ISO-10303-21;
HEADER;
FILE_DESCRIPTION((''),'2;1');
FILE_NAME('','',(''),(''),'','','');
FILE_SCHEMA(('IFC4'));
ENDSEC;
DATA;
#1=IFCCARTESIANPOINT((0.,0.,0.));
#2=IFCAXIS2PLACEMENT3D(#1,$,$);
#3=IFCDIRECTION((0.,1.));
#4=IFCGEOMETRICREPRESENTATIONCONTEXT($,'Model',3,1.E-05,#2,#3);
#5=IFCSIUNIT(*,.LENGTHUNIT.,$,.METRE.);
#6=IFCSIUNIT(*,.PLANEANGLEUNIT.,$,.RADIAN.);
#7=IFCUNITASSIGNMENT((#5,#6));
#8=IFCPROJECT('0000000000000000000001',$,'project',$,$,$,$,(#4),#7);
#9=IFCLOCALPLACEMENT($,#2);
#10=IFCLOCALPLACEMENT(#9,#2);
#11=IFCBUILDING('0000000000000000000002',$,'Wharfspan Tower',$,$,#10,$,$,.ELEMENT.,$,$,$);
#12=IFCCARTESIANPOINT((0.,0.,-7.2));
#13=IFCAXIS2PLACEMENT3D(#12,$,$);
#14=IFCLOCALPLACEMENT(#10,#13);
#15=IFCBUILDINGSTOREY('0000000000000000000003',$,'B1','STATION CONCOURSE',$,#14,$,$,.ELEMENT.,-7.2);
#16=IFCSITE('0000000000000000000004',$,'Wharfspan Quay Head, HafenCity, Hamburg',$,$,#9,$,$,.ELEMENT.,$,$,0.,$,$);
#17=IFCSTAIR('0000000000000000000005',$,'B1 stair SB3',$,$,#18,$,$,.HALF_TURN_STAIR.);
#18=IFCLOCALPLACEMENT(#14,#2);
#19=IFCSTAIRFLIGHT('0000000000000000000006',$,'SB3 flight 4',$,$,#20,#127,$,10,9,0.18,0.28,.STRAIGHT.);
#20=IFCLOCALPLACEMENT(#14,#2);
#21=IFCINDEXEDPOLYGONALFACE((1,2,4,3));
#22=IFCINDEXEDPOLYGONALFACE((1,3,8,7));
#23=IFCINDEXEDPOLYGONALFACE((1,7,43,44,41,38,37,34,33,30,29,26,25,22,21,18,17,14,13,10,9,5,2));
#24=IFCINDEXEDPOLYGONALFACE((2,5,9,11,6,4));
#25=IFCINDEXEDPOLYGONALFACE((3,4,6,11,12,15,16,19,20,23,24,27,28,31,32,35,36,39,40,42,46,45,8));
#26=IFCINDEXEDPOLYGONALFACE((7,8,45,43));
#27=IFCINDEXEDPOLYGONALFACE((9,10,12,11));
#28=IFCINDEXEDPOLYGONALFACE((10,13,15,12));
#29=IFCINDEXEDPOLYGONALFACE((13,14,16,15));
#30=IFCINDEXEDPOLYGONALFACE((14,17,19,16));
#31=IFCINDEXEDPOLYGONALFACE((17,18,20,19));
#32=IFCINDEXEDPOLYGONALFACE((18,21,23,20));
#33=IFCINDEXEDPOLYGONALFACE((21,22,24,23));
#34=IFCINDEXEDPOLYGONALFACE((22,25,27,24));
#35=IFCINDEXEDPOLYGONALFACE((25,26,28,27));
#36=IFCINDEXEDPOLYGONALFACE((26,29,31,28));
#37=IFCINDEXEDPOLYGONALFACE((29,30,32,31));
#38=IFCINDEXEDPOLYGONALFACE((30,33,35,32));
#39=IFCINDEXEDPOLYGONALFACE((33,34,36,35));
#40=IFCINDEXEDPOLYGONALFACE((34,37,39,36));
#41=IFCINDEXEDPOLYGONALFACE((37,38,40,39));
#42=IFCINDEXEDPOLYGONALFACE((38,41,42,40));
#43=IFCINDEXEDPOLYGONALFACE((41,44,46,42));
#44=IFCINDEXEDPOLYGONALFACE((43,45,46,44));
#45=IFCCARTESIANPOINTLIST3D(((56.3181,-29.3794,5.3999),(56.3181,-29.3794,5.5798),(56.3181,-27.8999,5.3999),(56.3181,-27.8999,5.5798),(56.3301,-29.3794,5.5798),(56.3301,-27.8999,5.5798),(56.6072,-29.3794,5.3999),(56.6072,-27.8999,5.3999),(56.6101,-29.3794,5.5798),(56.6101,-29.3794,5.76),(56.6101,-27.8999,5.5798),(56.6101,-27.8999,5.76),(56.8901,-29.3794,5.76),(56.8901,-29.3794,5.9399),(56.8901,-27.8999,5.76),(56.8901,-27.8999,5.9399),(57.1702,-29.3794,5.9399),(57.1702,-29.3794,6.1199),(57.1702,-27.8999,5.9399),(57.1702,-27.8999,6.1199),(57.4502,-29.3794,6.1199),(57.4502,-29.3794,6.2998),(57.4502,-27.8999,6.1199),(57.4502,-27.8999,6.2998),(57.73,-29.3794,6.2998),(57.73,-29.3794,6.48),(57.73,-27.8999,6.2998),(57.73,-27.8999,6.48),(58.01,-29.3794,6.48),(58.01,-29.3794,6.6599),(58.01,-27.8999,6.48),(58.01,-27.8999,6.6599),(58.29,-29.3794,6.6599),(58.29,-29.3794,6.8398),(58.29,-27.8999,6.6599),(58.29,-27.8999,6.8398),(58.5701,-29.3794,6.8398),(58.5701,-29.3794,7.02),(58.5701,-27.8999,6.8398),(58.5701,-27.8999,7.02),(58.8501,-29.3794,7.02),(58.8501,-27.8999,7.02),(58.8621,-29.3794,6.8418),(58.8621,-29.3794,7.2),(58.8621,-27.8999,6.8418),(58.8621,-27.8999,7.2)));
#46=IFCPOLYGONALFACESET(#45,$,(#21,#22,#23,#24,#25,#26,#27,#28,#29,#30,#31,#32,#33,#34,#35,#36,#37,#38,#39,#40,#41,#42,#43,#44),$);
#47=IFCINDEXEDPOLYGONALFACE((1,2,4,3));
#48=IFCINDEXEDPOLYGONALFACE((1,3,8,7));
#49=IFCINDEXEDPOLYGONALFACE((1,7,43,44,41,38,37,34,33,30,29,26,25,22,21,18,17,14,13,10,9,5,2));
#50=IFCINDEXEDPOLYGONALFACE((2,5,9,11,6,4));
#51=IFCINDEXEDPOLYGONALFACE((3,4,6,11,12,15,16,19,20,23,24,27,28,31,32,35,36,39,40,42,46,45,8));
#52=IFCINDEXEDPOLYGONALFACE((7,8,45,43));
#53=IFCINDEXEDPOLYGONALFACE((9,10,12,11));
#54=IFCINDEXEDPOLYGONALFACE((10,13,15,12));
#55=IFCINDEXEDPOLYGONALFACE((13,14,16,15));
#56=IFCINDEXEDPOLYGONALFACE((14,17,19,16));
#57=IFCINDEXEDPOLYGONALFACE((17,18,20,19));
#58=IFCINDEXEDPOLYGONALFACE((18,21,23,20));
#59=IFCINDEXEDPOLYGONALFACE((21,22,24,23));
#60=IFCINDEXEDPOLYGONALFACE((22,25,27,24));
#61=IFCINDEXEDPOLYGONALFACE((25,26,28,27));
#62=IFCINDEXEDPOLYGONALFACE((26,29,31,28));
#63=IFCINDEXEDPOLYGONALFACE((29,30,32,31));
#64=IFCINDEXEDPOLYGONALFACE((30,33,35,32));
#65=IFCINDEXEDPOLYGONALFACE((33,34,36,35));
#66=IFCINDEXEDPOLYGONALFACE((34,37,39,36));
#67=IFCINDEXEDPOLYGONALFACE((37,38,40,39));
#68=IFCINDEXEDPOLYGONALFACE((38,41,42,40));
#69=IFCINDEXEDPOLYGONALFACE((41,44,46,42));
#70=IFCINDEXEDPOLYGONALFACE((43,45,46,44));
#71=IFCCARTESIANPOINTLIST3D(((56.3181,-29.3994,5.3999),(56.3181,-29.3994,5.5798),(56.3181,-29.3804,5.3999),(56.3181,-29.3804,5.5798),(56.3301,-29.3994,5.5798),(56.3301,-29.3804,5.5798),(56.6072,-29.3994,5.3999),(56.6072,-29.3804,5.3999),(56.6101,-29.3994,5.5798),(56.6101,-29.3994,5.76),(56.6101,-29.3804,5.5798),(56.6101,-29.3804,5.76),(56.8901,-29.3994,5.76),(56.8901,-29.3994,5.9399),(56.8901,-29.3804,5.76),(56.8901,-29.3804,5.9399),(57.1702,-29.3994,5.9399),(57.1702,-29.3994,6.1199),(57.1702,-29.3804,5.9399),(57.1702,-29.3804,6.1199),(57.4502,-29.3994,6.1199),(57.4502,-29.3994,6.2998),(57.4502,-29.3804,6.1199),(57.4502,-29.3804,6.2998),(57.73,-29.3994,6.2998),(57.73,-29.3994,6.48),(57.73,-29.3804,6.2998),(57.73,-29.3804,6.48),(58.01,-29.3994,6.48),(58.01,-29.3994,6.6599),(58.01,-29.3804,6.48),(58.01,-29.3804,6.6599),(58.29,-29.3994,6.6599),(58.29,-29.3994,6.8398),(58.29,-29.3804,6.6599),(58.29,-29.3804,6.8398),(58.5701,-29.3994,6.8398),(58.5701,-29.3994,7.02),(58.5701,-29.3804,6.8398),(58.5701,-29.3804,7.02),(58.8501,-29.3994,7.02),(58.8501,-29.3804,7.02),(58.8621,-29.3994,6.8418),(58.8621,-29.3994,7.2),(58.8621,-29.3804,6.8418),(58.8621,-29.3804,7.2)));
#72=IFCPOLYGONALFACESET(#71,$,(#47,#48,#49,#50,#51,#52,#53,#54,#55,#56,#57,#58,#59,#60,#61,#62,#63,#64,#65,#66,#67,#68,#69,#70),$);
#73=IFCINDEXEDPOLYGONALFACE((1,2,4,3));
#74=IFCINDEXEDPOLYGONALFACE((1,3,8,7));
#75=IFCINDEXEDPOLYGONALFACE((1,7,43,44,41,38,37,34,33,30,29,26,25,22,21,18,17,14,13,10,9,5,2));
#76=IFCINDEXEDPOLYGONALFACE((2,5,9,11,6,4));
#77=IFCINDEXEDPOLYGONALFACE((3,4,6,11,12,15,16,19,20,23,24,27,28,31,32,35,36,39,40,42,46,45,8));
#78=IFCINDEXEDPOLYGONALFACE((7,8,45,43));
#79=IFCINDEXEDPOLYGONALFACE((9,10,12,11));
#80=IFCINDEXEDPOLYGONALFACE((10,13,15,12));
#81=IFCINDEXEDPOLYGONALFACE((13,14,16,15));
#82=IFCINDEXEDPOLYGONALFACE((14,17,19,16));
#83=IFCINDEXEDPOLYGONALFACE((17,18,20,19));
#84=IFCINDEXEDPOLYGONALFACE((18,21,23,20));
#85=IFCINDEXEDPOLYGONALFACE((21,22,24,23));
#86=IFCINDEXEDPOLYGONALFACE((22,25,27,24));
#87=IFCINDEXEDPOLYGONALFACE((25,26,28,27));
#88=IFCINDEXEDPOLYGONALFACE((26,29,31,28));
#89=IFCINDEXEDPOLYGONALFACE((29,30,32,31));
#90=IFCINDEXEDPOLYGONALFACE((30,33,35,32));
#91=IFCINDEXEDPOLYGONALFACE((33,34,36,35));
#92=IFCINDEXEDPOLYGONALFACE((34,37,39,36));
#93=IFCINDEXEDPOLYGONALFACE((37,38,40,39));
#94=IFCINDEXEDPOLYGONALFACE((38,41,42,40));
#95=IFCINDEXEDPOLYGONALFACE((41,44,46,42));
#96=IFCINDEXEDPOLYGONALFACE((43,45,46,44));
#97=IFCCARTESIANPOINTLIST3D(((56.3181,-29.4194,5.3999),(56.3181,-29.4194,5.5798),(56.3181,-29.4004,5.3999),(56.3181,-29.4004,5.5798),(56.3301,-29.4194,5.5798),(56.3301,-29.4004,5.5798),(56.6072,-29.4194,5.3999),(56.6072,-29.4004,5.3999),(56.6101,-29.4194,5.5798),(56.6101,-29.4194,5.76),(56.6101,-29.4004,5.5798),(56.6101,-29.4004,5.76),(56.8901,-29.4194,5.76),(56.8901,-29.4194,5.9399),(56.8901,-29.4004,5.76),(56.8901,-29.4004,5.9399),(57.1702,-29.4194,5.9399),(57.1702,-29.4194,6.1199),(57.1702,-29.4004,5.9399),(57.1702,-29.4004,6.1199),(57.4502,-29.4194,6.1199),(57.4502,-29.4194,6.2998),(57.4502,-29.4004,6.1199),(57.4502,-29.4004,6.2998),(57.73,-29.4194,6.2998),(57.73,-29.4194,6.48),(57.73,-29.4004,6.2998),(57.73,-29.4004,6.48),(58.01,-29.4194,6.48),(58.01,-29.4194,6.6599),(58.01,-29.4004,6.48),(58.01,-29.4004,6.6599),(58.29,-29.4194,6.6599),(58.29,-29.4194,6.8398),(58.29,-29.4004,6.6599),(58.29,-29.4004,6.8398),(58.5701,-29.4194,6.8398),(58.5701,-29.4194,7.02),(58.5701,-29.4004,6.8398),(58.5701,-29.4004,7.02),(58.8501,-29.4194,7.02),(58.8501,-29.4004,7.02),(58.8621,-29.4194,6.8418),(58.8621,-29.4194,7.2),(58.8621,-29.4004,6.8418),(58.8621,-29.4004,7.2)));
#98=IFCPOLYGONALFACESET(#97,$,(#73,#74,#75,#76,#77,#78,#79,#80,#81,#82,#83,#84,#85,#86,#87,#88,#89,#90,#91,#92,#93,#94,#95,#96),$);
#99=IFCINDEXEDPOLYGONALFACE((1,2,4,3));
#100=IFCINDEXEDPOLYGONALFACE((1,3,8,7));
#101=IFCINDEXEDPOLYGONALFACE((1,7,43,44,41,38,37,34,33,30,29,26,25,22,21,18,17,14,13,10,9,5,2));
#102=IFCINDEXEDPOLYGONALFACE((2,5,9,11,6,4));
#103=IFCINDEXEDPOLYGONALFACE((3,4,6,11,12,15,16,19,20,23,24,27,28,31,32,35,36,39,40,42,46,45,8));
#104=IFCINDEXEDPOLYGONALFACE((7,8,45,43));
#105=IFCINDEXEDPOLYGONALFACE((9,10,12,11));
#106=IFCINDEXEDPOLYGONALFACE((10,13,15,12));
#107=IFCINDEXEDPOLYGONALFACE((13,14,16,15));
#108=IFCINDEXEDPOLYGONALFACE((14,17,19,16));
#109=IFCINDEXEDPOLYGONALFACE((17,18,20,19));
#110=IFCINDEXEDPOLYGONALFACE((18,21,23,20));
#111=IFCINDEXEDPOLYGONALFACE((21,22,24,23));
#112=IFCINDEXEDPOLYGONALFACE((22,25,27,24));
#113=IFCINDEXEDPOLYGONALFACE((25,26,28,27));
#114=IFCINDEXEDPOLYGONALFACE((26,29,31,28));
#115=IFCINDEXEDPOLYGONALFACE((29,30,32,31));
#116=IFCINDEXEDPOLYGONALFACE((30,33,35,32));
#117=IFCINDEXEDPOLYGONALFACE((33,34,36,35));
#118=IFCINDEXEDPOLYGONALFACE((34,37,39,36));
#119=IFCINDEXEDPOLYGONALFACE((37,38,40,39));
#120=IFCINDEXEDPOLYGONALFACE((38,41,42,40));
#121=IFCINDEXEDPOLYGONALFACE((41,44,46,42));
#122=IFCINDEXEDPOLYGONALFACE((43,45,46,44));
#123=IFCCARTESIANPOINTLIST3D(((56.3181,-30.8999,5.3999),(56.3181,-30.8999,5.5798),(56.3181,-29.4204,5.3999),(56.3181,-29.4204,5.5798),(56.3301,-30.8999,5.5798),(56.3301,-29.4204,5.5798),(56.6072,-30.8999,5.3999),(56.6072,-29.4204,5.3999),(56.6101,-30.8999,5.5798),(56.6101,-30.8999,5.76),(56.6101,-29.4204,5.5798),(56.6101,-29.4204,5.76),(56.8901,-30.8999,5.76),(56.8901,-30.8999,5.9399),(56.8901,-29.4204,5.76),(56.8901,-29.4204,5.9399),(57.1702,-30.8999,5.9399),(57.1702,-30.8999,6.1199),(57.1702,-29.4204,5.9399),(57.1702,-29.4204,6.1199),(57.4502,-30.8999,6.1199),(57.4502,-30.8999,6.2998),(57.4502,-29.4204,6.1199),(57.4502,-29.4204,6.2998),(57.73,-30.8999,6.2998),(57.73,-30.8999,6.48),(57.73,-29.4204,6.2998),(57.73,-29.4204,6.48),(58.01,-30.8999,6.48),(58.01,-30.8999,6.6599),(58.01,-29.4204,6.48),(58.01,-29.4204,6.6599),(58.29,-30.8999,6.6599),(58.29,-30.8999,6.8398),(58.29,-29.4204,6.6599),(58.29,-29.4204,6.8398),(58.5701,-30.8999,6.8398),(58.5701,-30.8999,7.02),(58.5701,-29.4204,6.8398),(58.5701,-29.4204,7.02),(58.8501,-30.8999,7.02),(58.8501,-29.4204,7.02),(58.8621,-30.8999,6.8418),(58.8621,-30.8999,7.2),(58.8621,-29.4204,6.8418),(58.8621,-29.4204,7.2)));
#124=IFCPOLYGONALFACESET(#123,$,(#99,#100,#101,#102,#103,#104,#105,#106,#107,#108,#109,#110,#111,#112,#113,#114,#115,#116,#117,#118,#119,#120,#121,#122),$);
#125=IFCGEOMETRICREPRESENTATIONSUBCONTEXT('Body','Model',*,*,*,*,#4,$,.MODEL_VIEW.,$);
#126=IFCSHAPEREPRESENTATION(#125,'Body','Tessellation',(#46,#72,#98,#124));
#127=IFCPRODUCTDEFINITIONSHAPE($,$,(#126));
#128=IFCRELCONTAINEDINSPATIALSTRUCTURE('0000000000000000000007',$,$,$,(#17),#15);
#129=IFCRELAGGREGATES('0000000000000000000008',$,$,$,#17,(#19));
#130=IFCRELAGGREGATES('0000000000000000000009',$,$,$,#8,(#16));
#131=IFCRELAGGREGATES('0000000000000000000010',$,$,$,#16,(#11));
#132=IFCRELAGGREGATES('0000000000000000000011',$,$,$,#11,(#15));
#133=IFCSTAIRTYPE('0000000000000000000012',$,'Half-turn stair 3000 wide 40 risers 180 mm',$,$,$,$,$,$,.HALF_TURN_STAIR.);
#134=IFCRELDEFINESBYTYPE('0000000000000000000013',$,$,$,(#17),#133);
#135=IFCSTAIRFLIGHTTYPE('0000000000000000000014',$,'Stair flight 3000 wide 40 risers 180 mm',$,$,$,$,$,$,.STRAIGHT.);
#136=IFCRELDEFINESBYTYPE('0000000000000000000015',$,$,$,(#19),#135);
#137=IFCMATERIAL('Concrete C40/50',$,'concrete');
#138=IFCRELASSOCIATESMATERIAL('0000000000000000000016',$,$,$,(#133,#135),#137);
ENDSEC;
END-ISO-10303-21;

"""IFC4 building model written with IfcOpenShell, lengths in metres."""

from ifc_helpers import new_model, si_unit, direction, frame, origin, place, context, subcontext, project, spatial, polyline, outline, extrude, material, type_object, element, aggregate, save


model = new_model("IFC4")

# Units and contexts
model_context = context("Model", 3, precision=1e-05, world=origin(), true_north=direction((0.0, 1.0)))
body_context = subcontext(model_context, "Body", "Model", "MODEL_VIEW")
ifc_project = project(units=[si_unit("LENGTHUNIT", "METRE"), si_unit("PLANEANGLEUNIT", "RADIAN")], contexts=[model_context])

# Site, building, storey
site_placement = place(None, origin())
site = spatial("IfcSite", under=ifc_project, at=site_placement, Name="Wharfspan Quay Head, HafenCity, Hamburg", CompositionType="ELEMENT", RefElevation=0.0)
building_placement = place(site_placement, origin())
building = spatial("IfcBuilding", under=site, at=building_placement, Name="Wharfspan Tower", CompositionType="ELEMENT")
storey_placement = place(building_placement, frame((0.0, 0.0, -7.2)))
storey = spatial("IfcBuildingStorey", under=building, at=storey_placement, Name="B1", Description="STATION CONCOURSE", CompositionType="ELEMENT", Elevation=-7.2)

# Stair, stair flight
ifc_material_1 = material(Name="Concrete C40/50", Category="concrete")
stair_type = type_object("IfcStairType", Name="Half-turn stair 3000 wide 40 risers 180 mm", PredefinedType="HALF_TURN_STAIR", material=ifc_material_1)
stair_placement = place(storey_placement, origin())
stair = element("IfcStair", 1, at=stair_placement, inside=storey, type_object=stair_type, Name="B1 stair SB3", PredefinedType="HALF_TURN_STAIR")
stair_flight_type = type_object("IfcStairFlightType", Name="Stair flight 3000 wide 40 risers 180 mm", PredefinedType="STRAIGHT", material=ifc_material_1)
stair_flight_1_placement = place(storey_placement, frame((56.3301, -29.3999, 5.3999), z_axis=(0.0, 0.0, 1.0), x_axis=(1.0, 0.0, 0.0)))
stair_flight_1 = element("IfcStairFlight", 2, at=stair_flight_1_placement, type_object=stair_flight_type, Name="SB3 flight 4", NumberOfRisers=10, NumberOfTreads=9, PredefinedType="STRAIGHT", RiserHeight=0.18, TreadLength=0.28, context=body_context, shape_type="SweptSolid", body=[
    extrude(outline(polyline([(-0.012, 0.0), (-0.012, 0.1799), (0.0, 0.1799), (0.28, 0.1799), (0.28, 0.3601), (0.5601, 0.3601), (0.5601, 0.54), (0.8401, 0.54), (0.8401, 0.72), (1.1201, 0.72), (1.1201, 0.8999), (1.3999, 0.8999), (1.3999, 1.0801), (1.6799, 1.0801), (1.6799, 1.26), (1.96, 1.26), (1.96, 1.4399), (2.24, 1.4399), (2.24, 1.6201), (2.52, 1.6201), (2.532, 1.8), (2.532, 1.4419), (0.2771, 0.0), (-0.012, 0.0)])), frame((0.0, 1.5, 0.0), z_axis=(0.0, -1.0, 0.0), x_axis=(1.0, 0.0, 0.0)), (0.0, 0.0, 1.0), 1.4795),
    extrude(outline(polyline([(-0.012, 0.0), (-0.012, 0.1799), (0.0, 0.1799), (0.28, 0.1799), (0.28, 0.3601), (0.5601, 0.3601), (0.5601, 0.54), (0.8401, 0.54), (0.8401, 0.72), (1.1201, 0.72), (1.1201, 0.8999), (1.3999, 0.8999), (1.3999, 1.0801), (1.6799, 1.0801), (1.6799, 1.26), (1.96, 1.26), (1.96, 1.4399), (2.24, 1.4399), (2.24, 1.6201), (2.52, 1.6201), (2.532, 1.8), (2.532, 1.4419), (0.2771, 0.0), (-0.012, 0.0)])), frame((0.0, 0.0195, 0.0), z_axis=(0.0, -1.0, 0.0), x_axis=(1.0, 0.0, 0.0)), (0.0, 0.0, 1.0), 0.019),
    extrude(outline(polyline([(-0.012, 0.0), (-0.012, 0.1799), (0.0, 0.1799), (0.28, 0.1799), (0.28, 0.3601), (0.5601, 0.3601), (0.5601, 0.54), (0.8401, 0.54), (0.8401, 0.72), (1.1201, 0.72), (1.1201, 0.8999), (1.3999, 0.8999), (1.3999, 1.0801), (1.6799, 1.0801), (1.6799, 1.26), (1.96, 1.26), (1.96, 1.4399), (2.24, 1.4399), (2.24, 1.6201), (2.52, 1.6201), (2.532, 1.8), (2.532, 1.4419), (0.2771, 0.0), (-0.012, 0.0)])), frame((0.0, -0.0005, 0.0), z_axis=(0.0, -1.0, 0.0), x_axis=(1.0, 0.0, 0.0)), (0.0, 0.0, 1.0), 0.019),
    extrude(outline(polyline([(-0.012, 0.0), (-0.012, 0.1799), (0.0, 0.1799), (0.28, 0.1799), (0.28, 0.3601), (0.5601, 0.3601), (0.5601, 0.54), (0.8401, 0.54), (0.8401, 0.72), (1.1201, 0.72), (1.1201, 0.8999), (1.3999, 0.8999), (1.3999, 1.0801), (1.6799, 1.0801), (1.6799, 1.26), (1.96, 1.26), (1.96, 1.4399), (2.24, 1.4399), (2.24, 1.6201), (2.52, 1.6201), (2.532, 1.8), (2.532, 1.4419), (0.2771, 0.0), (-0.012, 0.0)])), frame((0.0, -0.0205, 0.0), z_axis=(0.0, -1.0, 0.0), x_axis=(1.0, 0.0, 0.0)), (0.0, 0.0, 1.0), 1.4795),
])
aggregate(stair, [stair_flight_1])

save(model, "model.ifc")
